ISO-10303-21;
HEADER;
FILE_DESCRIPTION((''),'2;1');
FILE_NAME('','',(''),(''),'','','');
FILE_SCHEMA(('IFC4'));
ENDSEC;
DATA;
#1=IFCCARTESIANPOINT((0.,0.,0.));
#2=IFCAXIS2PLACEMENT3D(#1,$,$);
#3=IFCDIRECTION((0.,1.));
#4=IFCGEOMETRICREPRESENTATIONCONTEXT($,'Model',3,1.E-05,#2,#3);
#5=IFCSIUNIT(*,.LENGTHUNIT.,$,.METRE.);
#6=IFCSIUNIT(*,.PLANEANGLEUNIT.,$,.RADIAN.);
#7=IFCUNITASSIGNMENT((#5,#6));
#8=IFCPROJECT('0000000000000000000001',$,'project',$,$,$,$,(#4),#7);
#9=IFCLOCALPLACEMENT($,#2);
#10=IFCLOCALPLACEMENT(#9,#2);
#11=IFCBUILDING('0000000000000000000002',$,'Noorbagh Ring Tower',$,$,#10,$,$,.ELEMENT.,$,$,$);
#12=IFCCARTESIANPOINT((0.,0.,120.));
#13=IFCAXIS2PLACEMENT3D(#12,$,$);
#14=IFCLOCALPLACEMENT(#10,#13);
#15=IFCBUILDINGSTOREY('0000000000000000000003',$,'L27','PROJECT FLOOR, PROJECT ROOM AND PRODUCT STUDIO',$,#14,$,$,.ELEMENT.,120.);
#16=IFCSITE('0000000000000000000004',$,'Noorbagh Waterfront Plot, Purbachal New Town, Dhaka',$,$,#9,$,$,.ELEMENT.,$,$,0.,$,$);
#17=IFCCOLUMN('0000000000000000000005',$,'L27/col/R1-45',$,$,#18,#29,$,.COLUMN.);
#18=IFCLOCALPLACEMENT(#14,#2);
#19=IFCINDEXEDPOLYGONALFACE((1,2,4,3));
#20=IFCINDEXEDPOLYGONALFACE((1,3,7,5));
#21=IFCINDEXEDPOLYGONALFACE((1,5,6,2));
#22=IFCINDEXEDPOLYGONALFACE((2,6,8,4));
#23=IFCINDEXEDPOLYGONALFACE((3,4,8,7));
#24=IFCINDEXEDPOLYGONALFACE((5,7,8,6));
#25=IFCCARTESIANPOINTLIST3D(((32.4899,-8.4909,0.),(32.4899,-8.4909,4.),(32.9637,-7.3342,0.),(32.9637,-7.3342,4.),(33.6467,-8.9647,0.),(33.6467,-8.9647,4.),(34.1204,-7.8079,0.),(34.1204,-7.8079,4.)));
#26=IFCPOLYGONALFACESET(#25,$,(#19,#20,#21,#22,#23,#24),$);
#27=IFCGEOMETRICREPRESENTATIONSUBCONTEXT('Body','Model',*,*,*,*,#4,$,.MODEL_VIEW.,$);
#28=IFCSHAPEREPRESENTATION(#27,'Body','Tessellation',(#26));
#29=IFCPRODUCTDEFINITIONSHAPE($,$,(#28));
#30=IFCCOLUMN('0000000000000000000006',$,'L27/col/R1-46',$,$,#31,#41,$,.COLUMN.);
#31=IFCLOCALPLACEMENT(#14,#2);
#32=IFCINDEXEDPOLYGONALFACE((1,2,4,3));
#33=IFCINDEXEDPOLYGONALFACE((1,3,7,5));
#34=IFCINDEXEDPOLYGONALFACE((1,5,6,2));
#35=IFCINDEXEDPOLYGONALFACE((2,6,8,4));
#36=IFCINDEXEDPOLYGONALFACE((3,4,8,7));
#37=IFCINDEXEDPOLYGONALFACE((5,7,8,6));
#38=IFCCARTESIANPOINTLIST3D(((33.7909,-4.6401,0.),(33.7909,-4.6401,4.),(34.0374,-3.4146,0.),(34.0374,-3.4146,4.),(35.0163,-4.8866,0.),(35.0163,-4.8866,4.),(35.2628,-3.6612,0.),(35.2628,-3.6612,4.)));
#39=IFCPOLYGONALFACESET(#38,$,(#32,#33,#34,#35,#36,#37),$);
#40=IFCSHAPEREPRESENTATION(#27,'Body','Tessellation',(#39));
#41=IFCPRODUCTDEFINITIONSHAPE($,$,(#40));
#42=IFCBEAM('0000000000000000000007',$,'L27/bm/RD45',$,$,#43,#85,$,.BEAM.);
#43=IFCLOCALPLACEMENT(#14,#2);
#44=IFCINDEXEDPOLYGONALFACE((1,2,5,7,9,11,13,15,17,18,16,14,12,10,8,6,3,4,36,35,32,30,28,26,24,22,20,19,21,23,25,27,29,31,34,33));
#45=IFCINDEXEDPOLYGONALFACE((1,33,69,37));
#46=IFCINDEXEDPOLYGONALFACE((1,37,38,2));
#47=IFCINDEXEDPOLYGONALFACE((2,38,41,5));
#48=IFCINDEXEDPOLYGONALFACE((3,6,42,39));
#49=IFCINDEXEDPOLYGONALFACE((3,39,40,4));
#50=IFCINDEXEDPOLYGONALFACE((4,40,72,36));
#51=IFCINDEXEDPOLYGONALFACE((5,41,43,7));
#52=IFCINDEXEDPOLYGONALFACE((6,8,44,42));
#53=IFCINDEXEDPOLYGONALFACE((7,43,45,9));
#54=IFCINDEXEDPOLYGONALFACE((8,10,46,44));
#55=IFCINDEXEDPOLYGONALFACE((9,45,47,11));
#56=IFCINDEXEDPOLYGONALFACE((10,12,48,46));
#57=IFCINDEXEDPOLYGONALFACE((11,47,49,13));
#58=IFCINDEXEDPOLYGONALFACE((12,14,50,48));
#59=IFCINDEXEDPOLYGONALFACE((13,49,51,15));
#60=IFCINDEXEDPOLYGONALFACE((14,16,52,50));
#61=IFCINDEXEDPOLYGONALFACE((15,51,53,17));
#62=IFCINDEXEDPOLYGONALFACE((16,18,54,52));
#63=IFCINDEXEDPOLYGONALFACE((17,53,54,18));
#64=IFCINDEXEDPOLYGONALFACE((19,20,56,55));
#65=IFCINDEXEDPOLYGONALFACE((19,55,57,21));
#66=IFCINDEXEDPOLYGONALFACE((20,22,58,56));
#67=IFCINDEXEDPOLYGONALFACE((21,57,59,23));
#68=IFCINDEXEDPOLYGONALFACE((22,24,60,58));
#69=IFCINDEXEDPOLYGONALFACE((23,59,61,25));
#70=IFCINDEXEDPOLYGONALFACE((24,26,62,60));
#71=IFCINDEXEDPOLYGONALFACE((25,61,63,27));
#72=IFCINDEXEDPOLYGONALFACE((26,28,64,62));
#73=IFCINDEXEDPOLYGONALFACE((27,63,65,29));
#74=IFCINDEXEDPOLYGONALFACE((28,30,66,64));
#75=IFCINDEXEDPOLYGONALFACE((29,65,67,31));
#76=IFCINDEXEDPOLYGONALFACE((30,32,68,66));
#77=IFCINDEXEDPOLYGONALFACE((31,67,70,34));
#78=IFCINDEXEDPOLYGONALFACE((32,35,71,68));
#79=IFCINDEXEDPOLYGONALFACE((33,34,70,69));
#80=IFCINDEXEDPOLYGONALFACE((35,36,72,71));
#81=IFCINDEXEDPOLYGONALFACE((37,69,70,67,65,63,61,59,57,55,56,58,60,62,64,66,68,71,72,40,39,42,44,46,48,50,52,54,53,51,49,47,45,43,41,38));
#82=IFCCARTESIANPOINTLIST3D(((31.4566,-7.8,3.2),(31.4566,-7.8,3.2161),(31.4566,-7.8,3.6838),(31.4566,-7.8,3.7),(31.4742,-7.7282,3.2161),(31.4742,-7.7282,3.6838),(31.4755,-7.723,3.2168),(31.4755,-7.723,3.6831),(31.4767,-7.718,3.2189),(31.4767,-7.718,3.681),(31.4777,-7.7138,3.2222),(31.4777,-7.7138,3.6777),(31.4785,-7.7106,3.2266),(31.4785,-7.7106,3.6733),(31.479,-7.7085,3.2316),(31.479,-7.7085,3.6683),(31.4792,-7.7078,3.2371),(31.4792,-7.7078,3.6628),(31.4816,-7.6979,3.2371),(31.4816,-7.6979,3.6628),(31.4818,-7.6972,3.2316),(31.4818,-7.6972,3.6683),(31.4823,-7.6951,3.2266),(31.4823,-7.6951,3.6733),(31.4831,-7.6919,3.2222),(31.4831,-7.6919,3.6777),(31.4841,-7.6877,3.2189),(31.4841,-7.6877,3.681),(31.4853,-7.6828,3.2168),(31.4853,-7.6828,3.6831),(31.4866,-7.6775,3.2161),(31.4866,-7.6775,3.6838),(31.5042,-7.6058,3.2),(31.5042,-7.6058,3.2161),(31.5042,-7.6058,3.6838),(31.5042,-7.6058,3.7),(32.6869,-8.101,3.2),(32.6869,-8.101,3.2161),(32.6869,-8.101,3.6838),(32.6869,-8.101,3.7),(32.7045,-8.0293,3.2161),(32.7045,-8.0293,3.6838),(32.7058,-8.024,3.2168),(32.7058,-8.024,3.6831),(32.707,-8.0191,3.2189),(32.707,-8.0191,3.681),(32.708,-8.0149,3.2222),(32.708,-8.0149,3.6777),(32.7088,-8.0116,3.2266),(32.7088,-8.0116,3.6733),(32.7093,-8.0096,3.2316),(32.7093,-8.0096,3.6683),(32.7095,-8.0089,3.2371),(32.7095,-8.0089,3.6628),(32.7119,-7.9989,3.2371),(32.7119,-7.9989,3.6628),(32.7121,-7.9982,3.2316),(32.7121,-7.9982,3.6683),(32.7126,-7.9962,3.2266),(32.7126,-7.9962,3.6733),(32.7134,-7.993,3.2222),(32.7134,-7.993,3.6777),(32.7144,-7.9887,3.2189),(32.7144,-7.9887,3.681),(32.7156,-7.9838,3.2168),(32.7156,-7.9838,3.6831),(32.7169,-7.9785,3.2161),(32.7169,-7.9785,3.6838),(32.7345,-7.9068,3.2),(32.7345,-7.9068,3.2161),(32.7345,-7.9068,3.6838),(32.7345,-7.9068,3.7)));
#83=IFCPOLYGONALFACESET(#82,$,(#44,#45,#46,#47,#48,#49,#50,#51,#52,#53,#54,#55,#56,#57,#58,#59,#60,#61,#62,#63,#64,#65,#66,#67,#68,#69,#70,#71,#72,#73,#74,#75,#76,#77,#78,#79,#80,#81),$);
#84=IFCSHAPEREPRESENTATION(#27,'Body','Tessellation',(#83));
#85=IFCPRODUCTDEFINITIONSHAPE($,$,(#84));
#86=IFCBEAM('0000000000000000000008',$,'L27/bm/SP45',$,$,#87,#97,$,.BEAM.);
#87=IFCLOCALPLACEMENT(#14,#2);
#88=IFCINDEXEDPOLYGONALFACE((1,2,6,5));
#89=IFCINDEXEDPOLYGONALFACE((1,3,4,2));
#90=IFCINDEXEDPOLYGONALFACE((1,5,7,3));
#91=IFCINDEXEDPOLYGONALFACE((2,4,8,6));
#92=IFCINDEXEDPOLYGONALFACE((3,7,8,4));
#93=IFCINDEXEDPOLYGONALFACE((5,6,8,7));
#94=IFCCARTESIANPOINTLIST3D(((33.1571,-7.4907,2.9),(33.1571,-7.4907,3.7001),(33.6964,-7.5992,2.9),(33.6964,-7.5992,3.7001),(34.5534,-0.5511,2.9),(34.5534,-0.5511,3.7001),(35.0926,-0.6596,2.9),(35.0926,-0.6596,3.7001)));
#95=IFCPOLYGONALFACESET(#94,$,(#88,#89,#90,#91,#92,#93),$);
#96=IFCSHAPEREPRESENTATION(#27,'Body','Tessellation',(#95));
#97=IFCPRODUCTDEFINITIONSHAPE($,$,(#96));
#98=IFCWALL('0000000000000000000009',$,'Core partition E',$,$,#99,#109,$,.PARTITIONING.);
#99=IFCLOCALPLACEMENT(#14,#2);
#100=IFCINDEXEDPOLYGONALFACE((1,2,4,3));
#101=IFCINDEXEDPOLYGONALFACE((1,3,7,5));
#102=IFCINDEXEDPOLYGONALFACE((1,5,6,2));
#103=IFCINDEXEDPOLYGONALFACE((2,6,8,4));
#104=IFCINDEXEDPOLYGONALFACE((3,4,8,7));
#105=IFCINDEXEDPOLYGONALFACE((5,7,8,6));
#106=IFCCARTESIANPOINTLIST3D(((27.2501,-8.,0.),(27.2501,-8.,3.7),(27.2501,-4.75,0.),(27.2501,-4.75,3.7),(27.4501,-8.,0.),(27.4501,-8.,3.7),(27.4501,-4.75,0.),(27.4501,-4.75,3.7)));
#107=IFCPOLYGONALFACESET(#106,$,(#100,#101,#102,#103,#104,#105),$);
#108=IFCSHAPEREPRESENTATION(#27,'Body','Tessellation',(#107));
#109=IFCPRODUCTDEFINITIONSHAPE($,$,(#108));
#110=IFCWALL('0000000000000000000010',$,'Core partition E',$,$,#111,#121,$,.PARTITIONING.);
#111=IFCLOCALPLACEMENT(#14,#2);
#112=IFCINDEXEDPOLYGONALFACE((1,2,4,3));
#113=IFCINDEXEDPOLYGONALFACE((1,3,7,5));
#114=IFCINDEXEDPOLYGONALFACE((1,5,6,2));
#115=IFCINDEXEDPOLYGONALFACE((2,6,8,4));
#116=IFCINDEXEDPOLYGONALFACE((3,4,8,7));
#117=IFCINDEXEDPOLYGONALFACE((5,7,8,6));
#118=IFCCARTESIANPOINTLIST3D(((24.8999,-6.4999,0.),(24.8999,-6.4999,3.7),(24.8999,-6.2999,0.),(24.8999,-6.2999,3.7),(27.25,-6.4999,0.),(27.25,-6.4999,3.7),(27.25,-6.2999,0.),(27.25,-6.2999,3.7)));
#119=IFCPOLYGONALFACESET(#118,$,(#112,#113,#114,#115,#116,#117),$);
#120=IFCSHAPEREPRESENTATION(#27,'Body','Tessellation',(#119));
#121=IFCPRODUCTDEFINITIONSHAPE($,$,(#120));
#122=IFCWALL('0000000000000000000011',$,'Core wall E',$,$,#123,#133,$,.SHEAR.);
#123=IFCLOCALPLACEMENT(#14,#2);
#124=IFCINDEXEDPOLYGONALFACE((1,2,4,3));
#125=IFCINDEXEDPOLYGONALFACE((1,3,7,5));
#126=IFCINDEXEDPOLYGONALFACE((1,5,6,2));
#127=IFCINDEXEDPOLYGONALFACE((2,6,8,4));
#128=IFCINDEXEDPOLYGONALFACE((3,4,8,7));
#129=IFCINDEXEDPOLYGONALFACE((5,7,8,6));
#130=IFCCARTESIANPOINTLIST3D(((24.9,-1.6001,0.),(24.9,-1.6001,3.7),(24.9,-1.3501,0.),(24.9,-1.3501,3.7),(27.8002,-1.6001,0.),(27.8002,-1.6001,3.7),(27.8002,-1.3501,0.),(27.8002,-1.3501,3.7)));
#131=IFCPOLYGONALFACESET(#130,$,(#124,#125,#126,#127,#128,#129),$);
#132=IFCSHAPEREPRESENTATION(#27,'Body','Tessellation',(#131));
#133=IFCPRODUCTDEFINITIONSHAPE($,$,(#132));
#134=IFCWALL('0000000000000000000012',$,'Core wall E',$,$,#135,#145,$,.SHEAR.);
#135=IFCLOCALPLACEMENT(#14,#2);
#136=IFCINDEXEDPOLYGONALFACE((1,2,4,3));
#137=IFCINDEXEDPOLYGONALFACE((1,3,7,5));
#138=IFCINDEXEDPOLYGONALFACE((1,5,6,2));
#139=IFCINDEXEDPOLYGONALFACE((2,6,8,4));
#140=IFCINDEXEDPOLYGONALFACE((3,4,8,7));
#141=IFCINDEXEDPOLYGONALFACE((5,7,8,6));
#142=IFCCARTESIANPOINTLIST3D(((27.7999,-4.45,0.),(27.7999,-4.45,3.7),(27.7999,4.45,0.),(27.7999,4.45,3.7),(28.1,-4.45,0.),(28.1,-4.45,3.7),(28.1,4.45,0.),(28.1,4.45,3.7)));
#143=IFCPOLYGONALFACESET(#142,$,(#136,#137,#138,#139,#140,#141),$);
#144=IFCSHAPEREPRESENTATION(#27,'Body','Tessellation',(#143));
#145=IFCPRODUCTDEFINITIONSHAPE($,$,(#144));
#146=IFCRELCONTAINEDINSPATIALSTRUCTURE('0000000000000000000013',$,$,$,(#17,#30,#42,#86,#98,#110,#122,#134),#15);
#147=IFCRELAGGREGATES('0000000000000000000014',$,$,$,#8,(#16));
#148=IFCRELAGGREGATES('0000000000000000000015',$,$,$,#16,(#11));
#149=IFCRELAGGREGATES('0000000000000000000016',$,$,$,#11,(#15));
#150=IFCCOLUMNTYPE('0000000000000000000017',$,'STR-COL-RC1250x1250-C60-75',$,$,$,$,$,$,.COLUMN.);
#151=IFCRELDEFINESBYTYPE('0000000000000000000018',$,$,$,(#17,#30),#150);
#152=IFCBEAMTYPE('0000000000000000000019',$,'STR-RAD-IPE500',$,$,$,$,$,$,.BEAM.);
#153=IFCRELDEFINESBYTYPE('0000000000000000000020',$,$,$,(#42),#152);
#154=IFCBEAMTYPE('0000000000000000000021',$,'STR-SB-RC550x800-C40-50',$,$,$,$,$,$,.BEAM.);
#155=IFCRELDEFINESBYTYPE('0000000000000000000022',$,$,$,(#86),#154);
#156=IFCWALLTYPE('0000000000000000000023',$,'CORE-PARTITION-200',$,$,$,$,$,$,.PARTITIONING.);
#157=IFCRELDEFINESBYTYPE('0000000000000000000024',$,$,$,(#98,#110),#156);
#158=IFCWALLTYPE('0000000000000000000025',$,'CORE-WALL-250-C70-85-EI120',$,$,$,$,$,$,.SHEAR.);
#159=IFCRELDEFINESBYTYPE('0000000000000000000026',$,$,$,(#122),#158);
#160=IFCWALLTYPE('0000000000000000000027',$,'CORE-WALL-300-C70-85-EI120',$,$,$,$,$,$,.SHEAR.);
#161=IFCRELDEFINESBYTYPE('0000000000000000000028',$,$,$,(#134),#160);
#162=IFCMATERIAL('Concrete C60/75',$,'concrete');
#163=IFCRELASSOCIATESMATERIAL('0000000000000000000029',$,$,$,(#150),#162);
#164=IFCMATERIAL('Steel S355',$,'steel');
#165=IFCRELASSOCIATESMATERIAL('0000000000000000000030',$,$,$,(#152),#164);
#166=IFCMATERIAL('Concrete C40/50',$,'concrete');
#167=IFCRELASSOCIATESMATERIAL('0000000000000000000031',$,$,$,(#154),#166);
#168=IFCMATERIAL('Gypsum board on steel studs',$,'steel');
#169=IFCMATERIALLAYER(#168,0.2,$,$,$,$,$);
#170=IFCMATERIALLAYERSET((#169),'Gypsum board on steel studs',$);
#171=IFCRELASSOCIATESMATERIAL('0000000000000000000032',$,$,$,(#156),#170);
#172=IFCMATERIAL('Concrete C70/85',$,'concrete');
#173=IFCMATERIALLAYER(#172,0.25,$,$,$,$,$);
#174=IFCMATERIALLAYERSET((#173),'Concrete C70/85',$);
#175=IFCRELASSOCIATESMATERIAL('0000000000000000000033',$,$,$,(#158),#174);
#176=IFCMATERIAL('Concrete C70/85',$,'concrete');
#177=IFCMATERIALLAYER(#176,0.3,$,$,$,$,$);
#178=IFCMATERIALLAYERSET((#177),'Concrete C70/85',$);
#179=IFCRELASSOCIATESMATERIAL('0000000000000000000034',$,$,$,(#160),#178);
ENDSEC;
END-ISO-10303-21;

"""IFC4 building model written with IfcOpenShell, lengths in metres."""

from ifc_helpers import new_model, si_unit, direction, frame, frame_2d, origin, origin_2d, place, context, subcontext, project, spatial, rectangle, i_section, extrude, material, layer, layer_set, material_profile, profile_set, type_object, element, save


model = new_model("IFC4")

# Units and contexts
model_context = context("Model", 3, precision=1e-05, world=origin(), true_north=direction((0.0, 1.0)))
body_context = subcontext(model_context, "Body", "Model", "MODEL_VIEW")
ifc_project = project(units=[si_unit("LENGTHUNIT", "METRE"), si_unit("PLANEANGLEUNIT", "RADIAN")], contexts=[model_context])

# Site, building, storey
site_placement = place(None, origin())
site = spatial("IfcSite", under=ifc_project, at=site_placement, Name="Noorbagh Waterfront Plot, Purbachal New Town, Dhaka", CompositionType="ELEMENT", RefElevation=0.0)
building_placement = place(site_placement, origin())
building = spatial("IfcBuilding", under=site, at=building_placement, Name="Noorbagh Ring Tower", CompositionType="ELEMENT")
storey_placement = place(building_placement, frame((0.0, 0.0, 120.0)))
storey = spatial("IfcBuildingStorey", under=building, at=storey_placement, Name="L27", Description="PROJECT FLOOR, PROJECT ROOM AND PRODUCT STUDIO", CompositionType="ELEMENT", Elevation=120.0)

# Columns
ifc_material_1 = material(Name="Concrete C60/75", Category="concrete")
ifc_material_profile_1 = material_profile(ifc_material_1, rectangle(XDim=1.25, YDim=1.25, at=origin_2d()), Name="RC1250x1250")
ifc_profile_set_1 = profile_set([ifc_material_profile_1], Name="Concrete C60/75")
column_type = type_object("IfcColumnType", Name="STR-COL-RC1250x1250-C60-75", PredefinedType="COLUMN", material=ifc_profile_set_1)
for number, where, z_axis, x_axis, name in (
    (1, (33.3052, -8.1494, 0.0), (0.0, 0.0, 1.0), (0.378989, 0.925401, 0.0), "L27/col/R1-45"),
    (2, (34.5269, -4.1506, 0.0), (0.0, 0.0, 1.0), (0.19723, 0.980357, 0.0), "L27/col/R1-46"),
):
    element("IfcColumn", number, at=place(storey_placement, frame(where, z_axis=z_axis, x_axis=x_axis)), inside=storey, type_object=column_type, Name=name, PredefinedType="COLUMN", context=body_context, shape_type="SweptSolid", body=[
        extrude(rectangle(XDim=1.25, YDim=1.25, at=origin_2d()), origin(), (0.0, 0.0, 1.0), 4.0),
    ])

# Beams
ifc_material_2 = material(Name="Steel S355", Category="steel")
ifc_material_profile_2 = material_profile(ifc_material_2, i_section(OverallWidth=0.2, OverallDepth=0.5, WebThickness=0.0103, FlangeThickness=0.0161, FilletRadius=0.021, at=origin_2d()), Name="IPE500")
ifc_profile_set_2 = profile_set([ifc_material_profile_2], Name="Steel S355")
beam_type_1 = type_object("IfcBeamType", Name="STR-RAD-IPE500", PredefinedType="BEAM", material=ifc_profile_set_2)
beam_1_placement = place(storey_placement, frame((32.7107, -8.0039, 3.45), z_axis=(-0.971344, 0.237679, 0.0), x_axis=(-0.237679, -0.971344, 0.0)))
element("IfcBeam", 3, at=beam_1_placement, inside=storey, type_object=beam_type_1, Name="L27/bm/RD45", PredefinedType="BEAM", context=body_context, shape_type="SweptSolid", body=[
    extrude(i_section(OverallWidth=0.2, OverallDepth=0.5, WebThickness=0.0103, FlangeThickness=0.0161, FilletRadius=0.021, at=origin_2d()), origin(), (0.0, 0.0, 1.0), 1.2666),
])
ifc_material_3 = material(Name="Concrete C40/50", Category="concrete")
ifc_material_profile_3 = material_profile(ifc_material_3, rectangle(XDim=0.55, YDim=0.8, at=origin_2d()), Name="RC550x800")
ifc_profile_set_3 = profile_set([ifc_material_profile_3], Name="Concrete C40/50")
beam_type_2 = type_object("IfcBeamType", Name="STR-SB-RC550x800-C40-50", PredefinedType="BEAM", material=ifc_profile_set_3)
beam_2_placement = place(storey_placement, frame((33.4268, -7.5449, 3.3), z_axis=(0.19725, 0.980353, 0.0), x_axis=(-0.980353, 0.19725, 0.0)))
element("IfcBeam", 4, at=beam_2_placement, inside=storey, type_object=beam_type_2, Name="L27/bm/SP45", PredefinedType="BEAM", context=body_context, shape_type="SweptSolid", body=[
    extrude(rectangle(XDim=0.55, YDim=0.8, at=origin_2d()), origin(), (0.0, 0.0, 1.0), 7.0786),
])

# Walls
ifc_material_4 = material(Name="Gypsum board on steel studs", Category="steel")
ifc_layer_1 = layer(ifc_material_4, 0.2)
ifc_layer_set_1 = layer_set([ifc_layer_1], Name="Gypsum board on steel studs")
wall_type_1 = type_object("IfcWallType", Name="CORE-PARTITION-200", PredefinedType="PARTITIONING", material=ifc_layer_set_1)
wall_1_placement = place(storey_placement, frame((27.3501, -8.0, 0.0), z_axis=(0.0, 0.0, 1.0), x_axis=(0.0, 1.0, 0.0)))
element("IfcWall", 5, at=wall_1_placement, inside=storey, type_object=wall_type_1, Name="Core partition E", PredefinedType="PARTITIONING", context=body_context, shape_type="SweptSolid", body=[
    extrude(rectangle(XDim=3.25, YDim=0.2, at=frame_2d((1.625, 0.0))), origin(), (0.0, 0.0, 1.0), 3.7),
])
wall_2_placement = place(storey_placement, frame((24.8999, -6.3999, 0.0), z_axis=(0.0, 0.0, 1.0), x_axis=(1.0, 0.0, 0.0)))
element("IfcWall", 6, at=wall_2_placement, inside=storey, type_object=wall_type_1, Name="Core partition E", PredefinedType="PARTITIONING", context=body_context, shape_type="SweptSolid", body=[
    extrude(rectangle(XDim=2.3501, YDim=0.2, at=frame_2d((1.175, 0.0))), origin(), (0.0, 0.0, 1.0), 3.7),
])
ifc_material_5 = material(Name="Concrete C70/85", Category="concrete")
ifc_layer_2 = layer(ifc_material_5, 0.25)
ifc_layer_set_2 = layer_set([ifc_layer_2], Name="Concrete C70/85")
wall_type_2 = type_object("IfcWallType", Name="CORE-WALL-250-C70-85-EI120", PredefinedType="SHEAR", material=ifc_layer_set_2)
wall_3_placement = place(storey_placement, frame((24.8999, -1.4751, 0.0), z_axis=(0.0, 0.0, 1.0), x_axis=(1.0, 0.0, 0.0)))
element("IfcWall", 7, at=wall_3_placement, inside=storey, type_object=wall_type_2, Name="Core wall E", PredefinedType="SHEAR", context=body_context, shape_type="SweptSolid", body=[
    extrude(rectangle(XDim=2.9001, YDim=0.25, at=frame_2d((1.4502, 0.0))), origin(), (0.0, 0.0, 1.0), 3.7),
])
ifc_material_6 = material(Name="Concrete C70/85", Category="concrete")
ifc_layer_3 = layer(ifc_material_6, 0.3)
ifc_layer_set_3 = layer_set([ifc_layer_3], Name="Concrete C70/85")
wall_type_3 = type_object("IfcWallType", Name="CORE-WALL-300-C70-85-EI120", PredefinedType="SHEAR", material=ifc_layer_set_3)
wall_4_placement = place(storey_placement, frame((27.95, -4.45, 0.0), z_axis=(0.0, 0.0, 1.0), x_axis=(0.0, 1.0, 0.0)))
element("IfcWall", 8, at=wall_4_placement, inside=storey, type_object=wall_type_3, Name="Core wall E", PredefinedType="SHEAR", context=body_context, shape_type="SweptSolid", body=[
    extrude(rectangle(XDim=8.8999, YDim=0.3, at=frame_2d((4.45, 0.0))), origin(), (0.0, 0.0, 1.0), 3.7),
])

save(model, "model.ifc")
